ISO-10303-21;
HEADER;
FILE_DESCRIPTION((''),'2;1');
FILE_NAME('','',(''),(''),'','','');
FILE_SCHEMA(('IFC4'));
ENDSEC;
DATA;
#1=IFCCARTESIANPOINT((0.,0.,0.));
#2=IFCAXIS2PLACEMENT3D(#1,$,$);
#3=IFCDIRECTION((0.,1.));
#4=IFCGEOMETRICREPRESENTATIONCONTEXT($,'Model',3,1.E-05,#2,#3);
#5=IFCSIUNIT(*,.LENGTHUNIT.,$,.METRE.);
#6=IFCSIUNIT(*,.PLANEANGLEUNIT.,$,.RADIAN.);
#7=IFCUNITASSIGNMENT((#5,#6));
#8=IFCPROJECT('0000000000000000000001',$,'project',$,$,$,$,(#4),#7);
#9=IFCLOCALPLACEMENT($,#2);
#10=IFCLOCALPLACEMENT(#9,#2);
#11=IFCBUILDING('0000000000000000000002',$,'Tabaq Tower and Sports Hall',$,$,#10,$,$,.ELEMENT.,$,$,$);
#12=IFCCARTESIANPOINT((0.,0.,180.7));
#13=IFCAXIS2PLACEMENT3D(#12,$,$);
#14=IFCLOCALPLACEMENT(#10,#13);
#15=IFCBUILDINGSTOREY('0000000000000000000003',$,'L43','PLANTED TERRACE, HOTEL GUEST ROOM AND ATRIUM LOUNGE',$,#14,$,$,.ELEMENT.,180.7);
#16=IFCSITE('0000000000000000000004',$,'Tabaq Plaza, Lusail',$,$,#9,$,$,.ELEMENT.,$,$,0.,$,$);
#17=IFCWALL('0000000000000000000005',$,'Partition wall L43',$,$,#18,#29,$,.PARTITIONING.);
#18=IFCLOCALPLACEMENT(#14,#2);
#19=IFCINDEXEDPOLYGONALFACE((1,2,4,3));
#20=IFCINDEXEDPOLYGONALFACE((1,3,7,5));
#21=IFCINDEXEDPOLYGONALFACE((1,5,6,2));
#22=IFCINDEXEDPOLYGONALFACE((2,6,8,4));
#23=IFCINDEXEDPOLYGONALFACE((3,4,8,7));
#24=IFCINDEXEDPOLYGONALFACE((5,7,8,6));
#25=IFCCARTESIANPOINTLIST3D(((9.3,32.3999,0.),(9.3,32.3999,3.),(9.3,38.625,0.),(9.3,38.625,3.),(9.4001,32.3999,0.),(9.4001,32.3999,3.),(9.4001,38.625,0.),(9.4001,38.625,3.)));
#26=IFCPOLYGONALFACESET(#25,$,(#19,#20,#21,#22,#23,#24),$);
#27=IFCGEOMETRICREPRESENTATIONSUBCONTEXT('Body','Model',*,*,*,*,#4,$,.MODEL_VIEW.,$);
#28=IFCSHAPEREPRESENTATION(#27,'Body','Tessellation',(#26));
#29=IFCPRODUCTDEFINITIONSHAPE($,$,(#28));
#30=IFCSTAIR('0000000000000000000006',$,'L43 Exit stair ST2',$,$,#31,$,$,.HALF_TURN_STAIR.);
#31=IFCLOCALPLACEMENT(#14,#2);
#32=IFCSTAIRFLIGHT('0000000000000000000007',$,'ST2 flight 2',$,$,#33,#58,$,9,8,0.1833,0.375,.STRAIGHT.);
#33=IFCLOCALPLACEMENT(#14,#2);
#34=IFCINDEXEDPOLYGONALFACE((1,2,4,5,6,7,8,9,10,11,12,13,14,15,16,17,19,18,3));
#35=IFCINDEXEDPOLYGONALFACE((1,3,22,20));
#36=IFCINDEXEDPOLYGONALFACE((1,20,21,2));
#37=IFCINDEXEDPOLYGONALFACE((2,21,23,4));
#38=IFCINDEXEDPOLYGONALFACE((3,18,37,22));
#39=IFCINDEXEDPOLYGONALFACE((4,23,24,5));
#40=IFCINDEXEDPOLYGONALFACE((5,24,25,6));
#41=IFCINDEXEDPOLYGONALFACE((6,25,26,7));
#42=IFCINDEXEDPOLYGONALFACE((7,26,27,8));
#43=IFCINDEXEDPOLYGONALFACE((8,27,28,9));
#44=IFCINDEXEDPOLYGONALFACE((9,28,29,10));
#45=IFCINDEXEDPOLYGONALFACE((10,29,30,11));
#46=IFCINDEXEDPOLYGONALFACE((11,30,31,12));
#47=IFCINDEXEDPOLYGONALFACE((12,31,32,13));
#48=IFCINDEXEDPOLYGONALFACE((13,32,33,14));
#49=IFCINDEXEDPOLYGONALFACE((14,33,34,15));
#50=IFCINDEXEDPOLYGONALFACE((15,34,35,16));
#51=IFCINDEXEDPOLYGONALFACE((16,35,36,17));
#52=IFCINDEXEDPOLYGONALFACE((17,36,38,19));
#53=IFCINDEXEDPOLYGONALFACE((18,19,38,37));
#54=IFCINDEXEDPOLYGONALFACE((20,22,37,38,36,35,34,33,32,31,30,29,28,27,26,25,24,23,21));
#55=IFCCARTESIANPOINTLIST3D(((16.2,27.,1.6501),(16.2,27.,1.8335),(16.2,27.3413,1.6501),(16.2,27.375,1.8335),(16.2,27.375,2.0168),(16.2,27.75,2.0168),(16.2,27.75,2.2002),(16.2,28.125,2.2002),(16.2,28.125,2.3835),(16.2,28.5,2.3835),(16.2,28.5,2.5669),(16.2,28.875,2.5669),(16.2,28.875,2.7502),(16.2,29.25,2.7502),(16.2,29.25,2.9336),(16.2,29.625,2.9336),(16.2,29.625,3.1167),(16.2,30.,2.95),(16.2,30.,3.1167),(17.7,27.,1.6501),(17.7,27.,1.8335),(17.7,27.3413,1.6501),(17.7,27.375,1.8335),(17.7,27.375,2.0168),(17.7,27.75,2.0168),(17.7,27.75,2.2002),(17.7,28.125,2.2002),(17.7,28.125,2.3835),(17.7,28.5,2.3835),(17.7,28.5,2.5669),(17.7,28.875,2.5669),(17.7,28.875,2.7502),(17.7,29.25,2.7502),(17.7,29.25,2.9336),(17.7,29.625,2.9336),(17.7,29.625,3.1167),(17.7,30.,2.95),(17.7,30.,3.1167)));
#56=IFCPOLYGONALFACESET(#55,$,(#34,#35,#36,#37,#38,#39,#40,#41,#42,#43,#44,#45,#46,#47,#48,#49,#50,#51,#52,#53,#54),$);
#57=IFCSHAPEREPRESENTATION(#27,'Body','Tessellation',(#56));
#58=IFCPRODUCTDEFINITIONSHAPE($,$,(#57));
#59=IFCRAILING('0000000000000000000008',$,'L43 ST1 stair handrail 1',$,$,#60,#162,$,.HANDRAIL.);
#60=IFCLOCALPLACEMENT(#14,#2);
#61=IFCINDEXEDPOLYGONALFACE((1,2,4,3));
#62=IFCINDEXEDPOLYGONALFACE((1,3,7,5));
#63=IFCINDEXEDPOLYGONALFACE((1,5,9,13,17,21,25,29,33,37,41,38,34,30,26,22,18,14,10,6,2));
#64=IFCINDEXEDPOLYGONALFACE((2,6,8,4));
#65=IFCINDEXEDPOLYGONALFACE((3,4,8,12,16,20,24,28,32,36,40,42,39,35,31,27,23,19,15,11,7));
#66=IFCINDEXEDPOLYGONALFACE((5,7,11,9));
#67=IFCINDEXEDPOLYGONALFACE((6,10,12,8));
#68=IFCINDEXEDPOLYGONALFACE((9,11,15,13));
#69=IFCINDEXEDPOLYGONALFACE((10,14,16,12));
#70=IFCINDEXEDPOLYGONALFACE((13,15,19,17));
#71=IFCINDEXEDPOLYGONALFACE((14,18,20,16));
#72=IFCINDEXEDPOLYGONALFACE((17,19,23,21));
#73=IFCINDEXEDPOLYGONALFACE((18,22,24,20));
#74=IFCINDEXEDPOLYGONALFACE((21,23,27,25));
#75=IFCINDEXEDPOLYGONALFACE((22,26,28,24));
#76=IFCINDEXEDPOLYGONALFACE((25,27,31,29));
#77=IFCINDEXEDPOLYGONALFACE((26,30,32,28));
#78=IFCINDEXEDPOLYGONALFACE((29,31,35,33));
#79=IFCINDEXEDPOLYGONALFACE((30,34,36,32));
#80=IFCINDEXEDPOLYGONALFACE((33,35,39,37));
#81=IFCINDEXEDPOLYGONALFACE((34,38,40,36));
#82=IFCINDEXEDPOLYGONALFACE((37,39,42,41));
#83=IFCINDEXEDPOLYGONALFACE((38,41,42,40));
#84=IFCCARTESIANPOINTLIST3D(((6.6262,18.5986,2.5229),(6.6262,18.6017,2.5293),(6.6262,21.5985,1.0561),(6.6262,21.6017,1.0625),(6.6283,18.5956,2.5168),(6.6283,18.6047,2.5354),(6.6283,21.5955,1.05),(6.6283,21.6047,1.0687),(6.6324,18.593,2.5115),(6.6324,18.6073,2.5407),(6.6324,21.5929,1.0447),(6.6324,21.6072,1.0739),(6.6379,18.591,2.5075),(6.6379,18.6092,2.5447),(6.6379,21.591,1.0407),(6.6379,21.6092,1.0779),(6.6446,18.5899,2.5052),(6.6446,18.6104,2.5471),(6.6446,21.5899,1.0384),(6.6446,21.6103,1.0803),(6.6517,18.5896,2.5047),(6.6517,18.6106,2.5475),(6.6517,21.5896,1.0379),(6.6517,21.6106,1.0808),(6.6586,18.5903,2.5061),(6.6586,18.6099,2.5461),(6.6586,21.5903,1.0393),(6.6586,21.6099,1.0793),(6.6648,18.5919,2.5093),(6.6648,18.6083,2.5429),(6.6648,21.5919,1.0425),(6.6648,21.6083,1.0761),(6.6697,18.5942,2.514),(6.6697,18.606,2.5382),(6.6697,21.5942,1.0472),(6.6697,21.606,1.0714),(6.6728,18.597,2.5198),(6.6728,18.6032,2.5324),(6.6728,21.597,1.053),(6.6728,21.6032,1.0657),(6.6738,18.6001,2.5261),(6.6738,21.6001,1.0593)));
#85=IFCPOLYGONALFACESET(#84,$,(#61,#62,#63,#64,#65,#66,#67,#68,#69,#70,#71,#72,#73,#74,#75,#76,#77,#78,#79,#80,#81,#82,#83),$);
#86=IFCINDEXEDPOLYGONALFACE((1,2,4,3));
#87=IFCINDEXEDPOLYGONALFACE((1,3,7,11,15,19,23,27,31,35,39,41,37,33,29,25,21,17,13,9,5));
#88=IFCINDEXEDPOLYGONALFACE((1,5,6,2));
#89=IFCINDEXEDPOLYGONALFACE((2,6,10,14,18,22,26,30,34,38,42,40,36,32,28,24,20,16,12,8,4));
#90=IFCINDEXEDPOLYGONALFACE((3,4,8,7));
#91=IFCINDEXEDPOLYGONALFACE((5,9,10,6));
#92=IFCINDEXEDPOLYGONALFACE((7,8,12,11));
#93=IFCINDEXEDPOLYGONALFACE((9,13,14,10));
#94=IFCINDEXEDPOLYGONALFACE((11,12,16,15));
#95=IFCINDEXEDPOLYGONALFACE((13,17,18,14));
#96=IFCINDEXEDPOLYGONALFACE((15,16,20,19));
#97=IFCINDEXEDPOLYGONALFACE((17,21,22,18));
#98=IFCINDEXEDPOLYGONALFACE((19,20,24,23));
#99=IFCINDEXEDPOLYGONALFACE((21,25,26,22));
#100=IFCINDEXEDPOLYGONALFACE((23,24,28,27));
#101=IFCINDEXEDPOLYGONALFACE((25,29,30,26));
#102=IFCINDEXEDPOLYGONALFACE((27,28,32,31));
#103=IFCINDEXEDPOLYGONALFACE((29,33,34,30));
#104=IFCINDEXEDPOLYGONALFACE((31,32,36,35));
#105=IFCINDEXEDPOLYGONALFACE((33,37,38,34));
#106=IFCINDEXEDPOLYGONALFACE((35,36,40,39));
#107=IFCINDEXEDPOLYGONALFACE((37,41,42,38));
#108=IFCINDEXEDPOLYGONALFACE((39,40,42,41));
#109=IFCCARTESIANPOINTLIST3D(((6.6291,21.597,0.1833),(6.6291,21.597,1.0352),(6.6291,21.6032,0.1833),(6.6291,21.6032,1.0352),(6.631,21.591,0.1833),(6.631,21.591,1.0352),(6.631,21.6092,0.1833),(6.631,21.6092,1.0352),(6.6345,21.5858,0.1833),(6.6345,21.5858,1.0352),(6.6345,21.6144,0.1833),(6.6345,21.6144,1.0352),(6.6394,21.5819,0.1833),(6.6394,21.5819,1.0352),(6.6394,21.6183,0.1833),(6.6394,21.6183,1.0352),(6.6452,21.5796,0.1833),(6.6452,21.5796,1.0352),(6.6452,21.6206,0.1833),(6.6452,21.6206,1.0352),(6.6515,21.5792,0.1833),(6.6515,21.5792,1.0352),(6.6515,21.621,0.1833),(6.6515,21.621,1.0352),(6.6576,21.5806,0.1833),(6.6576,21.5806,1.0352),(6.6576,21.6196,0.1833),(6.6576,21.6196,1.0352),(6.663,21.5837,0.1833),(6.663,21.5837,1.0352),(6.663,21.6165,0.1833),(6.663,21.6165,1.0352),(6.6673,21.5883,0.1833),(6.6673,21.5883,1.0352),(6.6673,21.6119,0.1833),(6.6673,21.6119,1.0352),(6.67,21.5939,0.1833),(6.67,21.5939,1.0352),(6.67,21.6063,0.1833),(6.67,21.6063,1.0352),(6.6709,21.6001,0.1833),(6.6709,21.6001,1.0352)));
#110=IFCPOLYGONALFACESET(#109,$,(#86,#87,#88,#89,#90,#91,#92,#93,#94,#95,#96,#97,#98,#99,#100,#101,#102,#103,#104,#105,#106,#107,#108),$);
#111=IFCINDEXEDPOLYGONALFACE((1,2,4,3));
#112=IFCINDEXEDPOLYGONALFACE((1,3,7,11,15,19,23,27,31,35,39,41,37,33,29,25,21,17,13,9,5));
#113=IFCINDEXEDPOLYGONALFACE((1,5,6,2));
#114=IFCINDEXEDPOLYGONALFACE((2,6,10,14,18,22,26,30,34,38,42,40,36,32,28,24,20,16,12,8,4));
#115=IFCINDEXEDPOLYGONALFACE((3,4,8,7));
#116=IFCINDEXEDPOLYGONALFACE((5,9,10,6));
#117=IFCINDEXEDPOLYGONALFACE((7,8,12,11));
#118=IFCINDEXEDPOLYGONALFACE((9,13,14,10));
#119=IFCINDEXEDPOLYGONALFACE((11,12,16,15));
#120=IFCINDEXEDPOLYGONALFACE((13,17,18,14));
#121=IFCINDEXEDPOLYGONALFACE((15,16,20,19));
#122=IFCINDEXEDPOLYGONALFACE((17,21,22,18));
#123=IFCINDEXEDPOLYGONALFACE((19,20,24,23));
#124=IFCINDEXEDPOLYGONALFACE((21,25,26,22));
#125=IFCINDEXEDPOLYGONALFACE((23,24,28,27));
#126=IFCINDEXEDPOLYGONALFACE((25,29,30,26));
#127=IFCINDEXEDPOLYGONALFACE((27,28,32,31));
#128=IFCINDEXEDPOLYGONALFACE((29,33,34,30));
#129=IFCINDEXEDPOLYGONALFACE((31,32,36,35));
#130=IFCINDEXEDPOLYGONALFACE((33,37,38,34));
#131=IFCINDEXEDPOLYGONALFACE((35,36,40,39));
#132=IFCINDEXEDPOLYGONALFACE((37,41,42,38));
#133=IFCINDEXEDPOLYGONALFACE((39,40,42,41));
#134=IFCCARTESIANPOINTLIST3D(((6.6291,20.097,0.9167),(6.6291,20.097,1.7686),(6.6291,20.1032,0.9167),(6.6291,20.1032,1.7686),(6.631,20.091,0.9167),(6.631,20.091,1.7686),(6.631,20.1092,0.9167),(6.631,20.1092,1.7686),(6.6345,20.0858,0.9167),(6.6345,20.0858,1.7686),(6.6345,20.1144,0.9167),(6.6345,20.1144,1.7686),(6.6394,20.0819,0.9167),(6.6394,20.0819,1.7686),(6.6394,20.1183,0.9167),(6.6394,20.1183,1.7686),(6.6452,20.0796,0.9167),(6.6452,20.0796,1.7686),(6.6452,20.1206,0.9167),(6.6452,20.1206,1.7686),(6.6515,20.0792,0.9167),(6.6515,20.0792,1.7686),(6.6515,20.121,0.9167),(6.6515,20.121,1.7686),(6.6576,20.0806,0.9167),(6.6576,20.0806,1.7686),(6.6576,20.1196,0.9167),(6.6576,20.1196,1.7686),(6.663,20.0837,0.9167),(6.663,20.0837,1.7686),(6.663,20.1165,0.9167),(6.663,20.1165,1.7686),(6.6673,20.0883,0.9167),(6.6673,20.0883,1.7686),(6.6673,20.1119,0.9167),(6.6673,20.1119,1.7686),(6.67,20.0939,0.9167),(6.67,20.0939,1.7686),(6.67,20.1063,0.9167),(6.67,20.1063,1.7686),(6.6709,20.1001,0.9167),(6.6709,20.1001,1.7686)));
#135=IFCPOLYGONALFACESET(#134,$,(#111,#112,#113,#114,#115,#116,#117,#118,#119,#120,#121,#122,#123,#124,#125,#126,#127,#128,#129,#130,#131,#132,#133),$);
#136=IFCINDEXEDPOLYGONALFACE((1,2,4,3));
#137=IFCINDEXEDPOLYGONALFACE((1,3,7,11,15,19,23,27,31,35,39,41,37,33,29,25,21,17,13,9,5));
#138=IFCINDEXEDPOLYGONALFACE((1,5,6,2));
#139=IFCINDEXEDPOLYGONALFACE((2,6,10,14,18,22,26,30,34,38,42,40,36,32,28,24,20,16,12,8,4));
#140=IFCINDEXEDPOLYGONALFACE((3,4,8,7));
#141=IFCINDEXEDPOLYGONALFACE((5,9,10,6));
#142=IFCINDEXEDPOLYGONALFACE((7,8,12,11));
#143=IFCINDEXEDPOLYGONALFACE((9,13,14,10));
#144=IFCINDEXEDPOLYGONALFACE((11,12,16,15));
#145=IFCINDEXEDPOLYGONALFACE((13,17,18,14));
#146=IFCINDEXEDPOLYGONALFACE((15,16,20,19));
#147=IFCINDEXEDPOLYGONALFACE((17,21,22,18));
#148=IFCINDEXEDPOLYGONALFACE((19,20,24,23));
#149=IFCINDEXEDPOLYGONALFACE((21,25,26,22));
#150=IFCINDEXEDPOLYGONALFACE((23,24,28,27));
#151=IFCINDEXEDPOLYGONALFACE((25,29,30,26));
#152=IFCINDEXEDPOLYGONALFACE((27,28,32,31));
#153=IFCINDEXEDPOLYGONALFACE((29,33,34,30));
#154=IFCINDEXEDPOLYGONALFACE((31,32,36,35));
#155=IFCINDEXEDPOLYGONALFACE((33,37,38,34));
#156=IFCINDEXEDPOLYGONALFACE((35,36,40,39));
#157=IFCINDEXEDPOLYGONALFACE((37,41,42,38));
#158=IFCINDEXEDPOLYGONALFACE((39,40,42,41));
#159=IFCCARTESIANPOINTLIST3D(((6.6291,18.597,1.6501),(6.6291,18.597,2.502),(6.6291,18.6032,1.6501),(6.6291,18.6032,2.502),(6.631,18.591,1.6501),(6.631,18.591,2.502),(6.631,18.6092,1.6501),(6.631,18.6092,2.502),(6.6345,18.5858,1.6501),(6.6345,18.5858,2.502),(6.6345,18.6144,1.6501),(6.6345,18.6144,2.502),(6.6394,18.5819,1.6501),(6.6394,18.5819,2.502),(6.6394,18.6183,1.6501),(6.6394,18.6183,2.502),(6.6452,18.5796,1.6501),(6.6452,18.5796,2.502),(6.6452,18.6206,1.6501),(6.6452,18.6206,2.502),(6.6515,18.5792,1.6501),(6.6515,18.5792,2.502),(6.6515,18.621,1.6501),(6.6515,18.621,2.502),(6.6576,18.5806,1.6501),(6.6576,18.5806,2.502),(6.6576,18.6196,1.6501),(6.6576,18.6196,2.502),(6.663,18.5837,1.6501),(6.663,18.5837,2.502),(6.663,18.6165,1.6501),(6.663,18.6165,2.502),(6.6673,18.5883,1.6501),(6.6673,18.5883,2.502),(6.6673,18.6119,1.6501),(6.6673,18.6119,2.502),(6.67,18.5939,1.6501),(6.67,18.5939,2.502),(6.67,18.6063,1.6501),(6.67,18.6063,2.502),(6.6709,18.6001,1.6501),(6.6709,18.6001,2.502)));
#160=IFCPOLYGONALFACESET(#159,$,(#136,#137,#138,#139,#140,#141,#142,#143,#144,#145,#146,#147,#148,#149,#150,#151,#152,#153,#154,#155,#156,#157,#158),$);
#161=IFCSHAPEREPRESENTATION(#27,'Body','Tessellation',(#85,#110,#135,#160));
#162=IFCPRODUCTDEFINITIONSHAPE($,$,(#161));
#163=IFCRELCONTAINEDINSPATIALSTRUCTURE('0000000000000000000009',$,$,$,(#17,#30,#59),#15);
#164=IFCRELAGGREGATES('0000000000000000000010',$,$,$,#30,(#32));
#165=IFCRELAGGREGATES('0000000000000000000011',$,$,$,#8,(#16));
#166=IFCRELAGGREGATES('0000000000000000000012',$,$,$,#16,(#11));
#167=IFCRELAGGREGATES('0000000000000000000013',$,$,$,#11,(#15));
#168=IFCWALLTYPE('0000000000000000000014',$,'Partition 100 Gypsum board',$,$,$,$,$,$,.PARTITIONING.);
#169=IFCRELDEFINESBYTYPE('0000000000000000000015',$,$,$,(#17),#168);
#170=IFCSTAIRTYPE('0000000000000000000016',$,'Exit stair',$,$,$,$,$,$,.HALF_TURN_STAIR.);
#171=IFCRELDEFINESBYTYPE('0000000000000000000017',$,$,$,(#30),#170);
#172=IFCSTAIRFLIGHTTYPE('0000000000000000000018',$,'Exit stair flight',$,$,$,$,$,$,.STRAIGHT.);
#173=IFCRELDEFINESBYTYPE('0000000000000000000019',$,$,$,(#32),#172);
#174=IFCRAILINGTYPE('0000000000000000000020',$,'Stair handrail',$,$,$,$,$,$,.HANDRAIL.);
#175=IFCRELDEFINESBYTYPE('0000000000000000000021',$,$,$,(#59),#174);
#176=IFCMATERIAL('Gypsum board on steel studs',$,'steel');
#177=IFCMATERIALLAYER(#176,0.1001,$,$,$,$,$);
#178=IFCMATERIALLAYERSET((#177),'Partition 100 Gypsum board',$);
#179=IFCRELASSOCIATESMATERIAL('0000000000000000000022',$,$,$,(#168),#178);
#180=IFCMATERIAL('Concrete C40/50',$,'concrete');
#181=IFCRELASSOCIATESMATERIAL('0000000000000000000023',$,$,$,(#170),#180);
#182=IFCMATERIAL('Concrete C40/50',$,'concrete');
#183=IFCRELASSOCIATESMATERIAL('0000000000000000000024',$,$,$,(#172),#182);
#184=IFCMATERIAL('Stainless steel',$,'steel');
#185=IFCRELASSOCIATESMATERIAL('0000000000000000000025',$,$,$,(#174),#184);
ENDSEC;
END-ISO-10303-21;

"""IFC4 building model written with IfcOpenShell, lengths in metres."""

from ifc_helpers import new_model, si_unit, direction, frame, frame_2d, origin, origin_2d, place, context, subcontext, project, spatial, polyline, rectangle, circle, outline, extrude, material, layer, layer_set, type_object, element, aggregate, save


model = new_model("IFC4")

# Units and contexts
model_context = context("Model", 3, precision=1e-05, world=origin(), true_north=direction((0.0, 1.0)))
body_context = subcontext(model_context, "Body", "Model", "MODEL_VIEW")
ifc_project = project(units=[si_unit("LENGTHUNIT", "METRE"), si_unit("PLANEANGLEUNIT", "RADIAN")], contexts=[model_context])

# Site, building, storey
site_placement = place(None, origin())
site = spatial("IfcSite", under=ifc_project, at=site_placement, Name="Tabaq Plaza, Lusail", CompositionType="ELEMENT", RefElevation=0.0)
building_placement = place(site_placement, origin())
building = spatial("IfcBuilding", under=site, at=building_placement, Name="Tabaq Tower and Sports Hall", CompositionType="ELEMENT")
storey_placement = place(building_placement, frame((0.0, 0.0, 180.7)))
storey = spatial("IfcBuildingStorey", under=building, at=storey_placement, Name="L43", Description="PLANTED TERRACE, HOTEL GUEST ROOM AND ATRIUM LOUNGE", CompositionType="ELEMENT", Elevation=180.7)

# Wall
ifc_material_1 = material(Name="Gypsum board on steel studs", Category="steel")
ifc_layer_1 = layer(ifc_material_1, 0.1001)
ifc_layer_set_1 = layer_set([ifc_layer_1], Name="Partition 100 Gypsum board")
wall_type = type_object("IfcWallType", Name="Partition 100 Gypsum board", PredefinedType="PARTITIONING", material=ifc_layer_set_1)
wall_placement = place(storey_placement, frame((9.3501, 38.625, 0.0), z_axis=(0.0, 0.0, 1.0), x_axis=(0.0, -1.0, 0.0)))
element("IfcWall", 1, at=wall_placement, inside=storey, type_object=wall_type, Name="Partition wall L43", PredefinedType="PARTITIONING", context=body_context, shape_type="SweptSolid", body=[
    extrude(rectangle(XDim=6.2251, YDim=0.1001, at=frame_2d((3.1125, 0.0))), origin(), (0.0, 0.0, 1.0), 3.0),
])

# Stair, stair flight
ifc_material_2 = material(Name="Concrete C40/50", Category="concrete")
stair_type = type_object("IfcStairType", Name="Exit stair", PredefinedType="HALF_TURN_STAIR", material=ifc_material_2)
stair_placement = place(storey_placement, origin())
stair = element("IfcStair", 2, at=stair_placement, inside=storey, type_object=stair_type, Name="L43 Exit stair ST2", PredefinedType="HALF_TURN_STAIR")
ifc_material_3 = material(Name="Concrete C40/50", Category="concrete")
stair_flight_type = type_object("IfcStairFlightType", Name="Exit stair flight", PredefinedType="STRAIGHT", material=ifc_material_3)
stair_flight_placement = place(storey_placement, frame((16.95, 27.0, 1.6501), z_axis=(0.0, 0.0, 1.0), x_axis=(0.0, 1.0, 0.0)))
stair_flight = element("IfcStairFlight", 3, at=stair_flight_placement, type_object=stair_flight_type, Name="ST2 flight 2", NumberOfRisers=9, NumberOfTreads=8, PredefinedType="STRAIGHT", RiserHeight=0.1833, TreadLength=0.375, context=body_context, shape_type="SweptSolid", body=[
    extrude(outline(polyline([(0.0, 0.0), (0.0, 0.1833), (0.375, 0.1833), (0.375, 0.3667), (0.75, 0.3667), (0.75, 0.55), (1.125, 0.55), (1.125, 0.7334), (1.5, 0.7334), (1.5, 0.9167), (1.875, 0.9167), (1.875, 1.1001), (2.25, 1.1001), (2.25, 1.2834), (2.625, 1.2834), (2.625, 1.4666), (3.0, 1.4666), (3.0, 1.6499), (3.0, 1.2998), (0.3413, 0.0), (0.0, 0.0)])), frame((0.0, 0.75, 0.0), z_axis=(0.0, -1.0, 0.0), x_axis=(1.0, 0.0, 0.0)), (0.0, 0.0, 1.0), 1.5),
])
aggregate(stair, [stair_flight])

# Railing
ifc_material_4 = material(Name="Stainless steel", Category="steel")
railing_type = type_object("IfcRailingType", Name="Stair handrail", PredefinedType="HANDRAIL", material=ifc_material_4)
for number, where, name in (
    (4, (6.6499, 21.6001, 0.1833), "L43 ST1 stair handrail 1"),
):
    element("IfcRailing", number, at=place(storey_placement, frame(where)), inside=storey, type_object=railing_type, Name=name, PredefinedType="HANDRAIL", context=body_context, shape_type="SweptSolid", body=[
        extrude(circle(Radius=0.0239, at=origin_2d()), frame((0.0, 0.0, 0.876), z_axis=(0.0, -0.898369, 0.439242), x_axis=(1.0, 0.0, 0.0)), (0.0, 0.0, 1.0), 3.3394),
        extrude(circle(Radius=0.021, at=origin_2d()), origin(), (0.0, 0.0, 1.0), 0.8518),
        extrude(circle(Radius=0.021, at=origin_2d()), frame((0.0, -1.5, 0.7334)), (0.0, 0.0, 1.0), 0.8518),
        extrude(circle(Radius=0.021, at=origin_2d()), frame((0.0, -3.0, 1.4668)), (0.0, 0.0, 1.0), 0.8518),
    ])

save(model, "model.ifc")
